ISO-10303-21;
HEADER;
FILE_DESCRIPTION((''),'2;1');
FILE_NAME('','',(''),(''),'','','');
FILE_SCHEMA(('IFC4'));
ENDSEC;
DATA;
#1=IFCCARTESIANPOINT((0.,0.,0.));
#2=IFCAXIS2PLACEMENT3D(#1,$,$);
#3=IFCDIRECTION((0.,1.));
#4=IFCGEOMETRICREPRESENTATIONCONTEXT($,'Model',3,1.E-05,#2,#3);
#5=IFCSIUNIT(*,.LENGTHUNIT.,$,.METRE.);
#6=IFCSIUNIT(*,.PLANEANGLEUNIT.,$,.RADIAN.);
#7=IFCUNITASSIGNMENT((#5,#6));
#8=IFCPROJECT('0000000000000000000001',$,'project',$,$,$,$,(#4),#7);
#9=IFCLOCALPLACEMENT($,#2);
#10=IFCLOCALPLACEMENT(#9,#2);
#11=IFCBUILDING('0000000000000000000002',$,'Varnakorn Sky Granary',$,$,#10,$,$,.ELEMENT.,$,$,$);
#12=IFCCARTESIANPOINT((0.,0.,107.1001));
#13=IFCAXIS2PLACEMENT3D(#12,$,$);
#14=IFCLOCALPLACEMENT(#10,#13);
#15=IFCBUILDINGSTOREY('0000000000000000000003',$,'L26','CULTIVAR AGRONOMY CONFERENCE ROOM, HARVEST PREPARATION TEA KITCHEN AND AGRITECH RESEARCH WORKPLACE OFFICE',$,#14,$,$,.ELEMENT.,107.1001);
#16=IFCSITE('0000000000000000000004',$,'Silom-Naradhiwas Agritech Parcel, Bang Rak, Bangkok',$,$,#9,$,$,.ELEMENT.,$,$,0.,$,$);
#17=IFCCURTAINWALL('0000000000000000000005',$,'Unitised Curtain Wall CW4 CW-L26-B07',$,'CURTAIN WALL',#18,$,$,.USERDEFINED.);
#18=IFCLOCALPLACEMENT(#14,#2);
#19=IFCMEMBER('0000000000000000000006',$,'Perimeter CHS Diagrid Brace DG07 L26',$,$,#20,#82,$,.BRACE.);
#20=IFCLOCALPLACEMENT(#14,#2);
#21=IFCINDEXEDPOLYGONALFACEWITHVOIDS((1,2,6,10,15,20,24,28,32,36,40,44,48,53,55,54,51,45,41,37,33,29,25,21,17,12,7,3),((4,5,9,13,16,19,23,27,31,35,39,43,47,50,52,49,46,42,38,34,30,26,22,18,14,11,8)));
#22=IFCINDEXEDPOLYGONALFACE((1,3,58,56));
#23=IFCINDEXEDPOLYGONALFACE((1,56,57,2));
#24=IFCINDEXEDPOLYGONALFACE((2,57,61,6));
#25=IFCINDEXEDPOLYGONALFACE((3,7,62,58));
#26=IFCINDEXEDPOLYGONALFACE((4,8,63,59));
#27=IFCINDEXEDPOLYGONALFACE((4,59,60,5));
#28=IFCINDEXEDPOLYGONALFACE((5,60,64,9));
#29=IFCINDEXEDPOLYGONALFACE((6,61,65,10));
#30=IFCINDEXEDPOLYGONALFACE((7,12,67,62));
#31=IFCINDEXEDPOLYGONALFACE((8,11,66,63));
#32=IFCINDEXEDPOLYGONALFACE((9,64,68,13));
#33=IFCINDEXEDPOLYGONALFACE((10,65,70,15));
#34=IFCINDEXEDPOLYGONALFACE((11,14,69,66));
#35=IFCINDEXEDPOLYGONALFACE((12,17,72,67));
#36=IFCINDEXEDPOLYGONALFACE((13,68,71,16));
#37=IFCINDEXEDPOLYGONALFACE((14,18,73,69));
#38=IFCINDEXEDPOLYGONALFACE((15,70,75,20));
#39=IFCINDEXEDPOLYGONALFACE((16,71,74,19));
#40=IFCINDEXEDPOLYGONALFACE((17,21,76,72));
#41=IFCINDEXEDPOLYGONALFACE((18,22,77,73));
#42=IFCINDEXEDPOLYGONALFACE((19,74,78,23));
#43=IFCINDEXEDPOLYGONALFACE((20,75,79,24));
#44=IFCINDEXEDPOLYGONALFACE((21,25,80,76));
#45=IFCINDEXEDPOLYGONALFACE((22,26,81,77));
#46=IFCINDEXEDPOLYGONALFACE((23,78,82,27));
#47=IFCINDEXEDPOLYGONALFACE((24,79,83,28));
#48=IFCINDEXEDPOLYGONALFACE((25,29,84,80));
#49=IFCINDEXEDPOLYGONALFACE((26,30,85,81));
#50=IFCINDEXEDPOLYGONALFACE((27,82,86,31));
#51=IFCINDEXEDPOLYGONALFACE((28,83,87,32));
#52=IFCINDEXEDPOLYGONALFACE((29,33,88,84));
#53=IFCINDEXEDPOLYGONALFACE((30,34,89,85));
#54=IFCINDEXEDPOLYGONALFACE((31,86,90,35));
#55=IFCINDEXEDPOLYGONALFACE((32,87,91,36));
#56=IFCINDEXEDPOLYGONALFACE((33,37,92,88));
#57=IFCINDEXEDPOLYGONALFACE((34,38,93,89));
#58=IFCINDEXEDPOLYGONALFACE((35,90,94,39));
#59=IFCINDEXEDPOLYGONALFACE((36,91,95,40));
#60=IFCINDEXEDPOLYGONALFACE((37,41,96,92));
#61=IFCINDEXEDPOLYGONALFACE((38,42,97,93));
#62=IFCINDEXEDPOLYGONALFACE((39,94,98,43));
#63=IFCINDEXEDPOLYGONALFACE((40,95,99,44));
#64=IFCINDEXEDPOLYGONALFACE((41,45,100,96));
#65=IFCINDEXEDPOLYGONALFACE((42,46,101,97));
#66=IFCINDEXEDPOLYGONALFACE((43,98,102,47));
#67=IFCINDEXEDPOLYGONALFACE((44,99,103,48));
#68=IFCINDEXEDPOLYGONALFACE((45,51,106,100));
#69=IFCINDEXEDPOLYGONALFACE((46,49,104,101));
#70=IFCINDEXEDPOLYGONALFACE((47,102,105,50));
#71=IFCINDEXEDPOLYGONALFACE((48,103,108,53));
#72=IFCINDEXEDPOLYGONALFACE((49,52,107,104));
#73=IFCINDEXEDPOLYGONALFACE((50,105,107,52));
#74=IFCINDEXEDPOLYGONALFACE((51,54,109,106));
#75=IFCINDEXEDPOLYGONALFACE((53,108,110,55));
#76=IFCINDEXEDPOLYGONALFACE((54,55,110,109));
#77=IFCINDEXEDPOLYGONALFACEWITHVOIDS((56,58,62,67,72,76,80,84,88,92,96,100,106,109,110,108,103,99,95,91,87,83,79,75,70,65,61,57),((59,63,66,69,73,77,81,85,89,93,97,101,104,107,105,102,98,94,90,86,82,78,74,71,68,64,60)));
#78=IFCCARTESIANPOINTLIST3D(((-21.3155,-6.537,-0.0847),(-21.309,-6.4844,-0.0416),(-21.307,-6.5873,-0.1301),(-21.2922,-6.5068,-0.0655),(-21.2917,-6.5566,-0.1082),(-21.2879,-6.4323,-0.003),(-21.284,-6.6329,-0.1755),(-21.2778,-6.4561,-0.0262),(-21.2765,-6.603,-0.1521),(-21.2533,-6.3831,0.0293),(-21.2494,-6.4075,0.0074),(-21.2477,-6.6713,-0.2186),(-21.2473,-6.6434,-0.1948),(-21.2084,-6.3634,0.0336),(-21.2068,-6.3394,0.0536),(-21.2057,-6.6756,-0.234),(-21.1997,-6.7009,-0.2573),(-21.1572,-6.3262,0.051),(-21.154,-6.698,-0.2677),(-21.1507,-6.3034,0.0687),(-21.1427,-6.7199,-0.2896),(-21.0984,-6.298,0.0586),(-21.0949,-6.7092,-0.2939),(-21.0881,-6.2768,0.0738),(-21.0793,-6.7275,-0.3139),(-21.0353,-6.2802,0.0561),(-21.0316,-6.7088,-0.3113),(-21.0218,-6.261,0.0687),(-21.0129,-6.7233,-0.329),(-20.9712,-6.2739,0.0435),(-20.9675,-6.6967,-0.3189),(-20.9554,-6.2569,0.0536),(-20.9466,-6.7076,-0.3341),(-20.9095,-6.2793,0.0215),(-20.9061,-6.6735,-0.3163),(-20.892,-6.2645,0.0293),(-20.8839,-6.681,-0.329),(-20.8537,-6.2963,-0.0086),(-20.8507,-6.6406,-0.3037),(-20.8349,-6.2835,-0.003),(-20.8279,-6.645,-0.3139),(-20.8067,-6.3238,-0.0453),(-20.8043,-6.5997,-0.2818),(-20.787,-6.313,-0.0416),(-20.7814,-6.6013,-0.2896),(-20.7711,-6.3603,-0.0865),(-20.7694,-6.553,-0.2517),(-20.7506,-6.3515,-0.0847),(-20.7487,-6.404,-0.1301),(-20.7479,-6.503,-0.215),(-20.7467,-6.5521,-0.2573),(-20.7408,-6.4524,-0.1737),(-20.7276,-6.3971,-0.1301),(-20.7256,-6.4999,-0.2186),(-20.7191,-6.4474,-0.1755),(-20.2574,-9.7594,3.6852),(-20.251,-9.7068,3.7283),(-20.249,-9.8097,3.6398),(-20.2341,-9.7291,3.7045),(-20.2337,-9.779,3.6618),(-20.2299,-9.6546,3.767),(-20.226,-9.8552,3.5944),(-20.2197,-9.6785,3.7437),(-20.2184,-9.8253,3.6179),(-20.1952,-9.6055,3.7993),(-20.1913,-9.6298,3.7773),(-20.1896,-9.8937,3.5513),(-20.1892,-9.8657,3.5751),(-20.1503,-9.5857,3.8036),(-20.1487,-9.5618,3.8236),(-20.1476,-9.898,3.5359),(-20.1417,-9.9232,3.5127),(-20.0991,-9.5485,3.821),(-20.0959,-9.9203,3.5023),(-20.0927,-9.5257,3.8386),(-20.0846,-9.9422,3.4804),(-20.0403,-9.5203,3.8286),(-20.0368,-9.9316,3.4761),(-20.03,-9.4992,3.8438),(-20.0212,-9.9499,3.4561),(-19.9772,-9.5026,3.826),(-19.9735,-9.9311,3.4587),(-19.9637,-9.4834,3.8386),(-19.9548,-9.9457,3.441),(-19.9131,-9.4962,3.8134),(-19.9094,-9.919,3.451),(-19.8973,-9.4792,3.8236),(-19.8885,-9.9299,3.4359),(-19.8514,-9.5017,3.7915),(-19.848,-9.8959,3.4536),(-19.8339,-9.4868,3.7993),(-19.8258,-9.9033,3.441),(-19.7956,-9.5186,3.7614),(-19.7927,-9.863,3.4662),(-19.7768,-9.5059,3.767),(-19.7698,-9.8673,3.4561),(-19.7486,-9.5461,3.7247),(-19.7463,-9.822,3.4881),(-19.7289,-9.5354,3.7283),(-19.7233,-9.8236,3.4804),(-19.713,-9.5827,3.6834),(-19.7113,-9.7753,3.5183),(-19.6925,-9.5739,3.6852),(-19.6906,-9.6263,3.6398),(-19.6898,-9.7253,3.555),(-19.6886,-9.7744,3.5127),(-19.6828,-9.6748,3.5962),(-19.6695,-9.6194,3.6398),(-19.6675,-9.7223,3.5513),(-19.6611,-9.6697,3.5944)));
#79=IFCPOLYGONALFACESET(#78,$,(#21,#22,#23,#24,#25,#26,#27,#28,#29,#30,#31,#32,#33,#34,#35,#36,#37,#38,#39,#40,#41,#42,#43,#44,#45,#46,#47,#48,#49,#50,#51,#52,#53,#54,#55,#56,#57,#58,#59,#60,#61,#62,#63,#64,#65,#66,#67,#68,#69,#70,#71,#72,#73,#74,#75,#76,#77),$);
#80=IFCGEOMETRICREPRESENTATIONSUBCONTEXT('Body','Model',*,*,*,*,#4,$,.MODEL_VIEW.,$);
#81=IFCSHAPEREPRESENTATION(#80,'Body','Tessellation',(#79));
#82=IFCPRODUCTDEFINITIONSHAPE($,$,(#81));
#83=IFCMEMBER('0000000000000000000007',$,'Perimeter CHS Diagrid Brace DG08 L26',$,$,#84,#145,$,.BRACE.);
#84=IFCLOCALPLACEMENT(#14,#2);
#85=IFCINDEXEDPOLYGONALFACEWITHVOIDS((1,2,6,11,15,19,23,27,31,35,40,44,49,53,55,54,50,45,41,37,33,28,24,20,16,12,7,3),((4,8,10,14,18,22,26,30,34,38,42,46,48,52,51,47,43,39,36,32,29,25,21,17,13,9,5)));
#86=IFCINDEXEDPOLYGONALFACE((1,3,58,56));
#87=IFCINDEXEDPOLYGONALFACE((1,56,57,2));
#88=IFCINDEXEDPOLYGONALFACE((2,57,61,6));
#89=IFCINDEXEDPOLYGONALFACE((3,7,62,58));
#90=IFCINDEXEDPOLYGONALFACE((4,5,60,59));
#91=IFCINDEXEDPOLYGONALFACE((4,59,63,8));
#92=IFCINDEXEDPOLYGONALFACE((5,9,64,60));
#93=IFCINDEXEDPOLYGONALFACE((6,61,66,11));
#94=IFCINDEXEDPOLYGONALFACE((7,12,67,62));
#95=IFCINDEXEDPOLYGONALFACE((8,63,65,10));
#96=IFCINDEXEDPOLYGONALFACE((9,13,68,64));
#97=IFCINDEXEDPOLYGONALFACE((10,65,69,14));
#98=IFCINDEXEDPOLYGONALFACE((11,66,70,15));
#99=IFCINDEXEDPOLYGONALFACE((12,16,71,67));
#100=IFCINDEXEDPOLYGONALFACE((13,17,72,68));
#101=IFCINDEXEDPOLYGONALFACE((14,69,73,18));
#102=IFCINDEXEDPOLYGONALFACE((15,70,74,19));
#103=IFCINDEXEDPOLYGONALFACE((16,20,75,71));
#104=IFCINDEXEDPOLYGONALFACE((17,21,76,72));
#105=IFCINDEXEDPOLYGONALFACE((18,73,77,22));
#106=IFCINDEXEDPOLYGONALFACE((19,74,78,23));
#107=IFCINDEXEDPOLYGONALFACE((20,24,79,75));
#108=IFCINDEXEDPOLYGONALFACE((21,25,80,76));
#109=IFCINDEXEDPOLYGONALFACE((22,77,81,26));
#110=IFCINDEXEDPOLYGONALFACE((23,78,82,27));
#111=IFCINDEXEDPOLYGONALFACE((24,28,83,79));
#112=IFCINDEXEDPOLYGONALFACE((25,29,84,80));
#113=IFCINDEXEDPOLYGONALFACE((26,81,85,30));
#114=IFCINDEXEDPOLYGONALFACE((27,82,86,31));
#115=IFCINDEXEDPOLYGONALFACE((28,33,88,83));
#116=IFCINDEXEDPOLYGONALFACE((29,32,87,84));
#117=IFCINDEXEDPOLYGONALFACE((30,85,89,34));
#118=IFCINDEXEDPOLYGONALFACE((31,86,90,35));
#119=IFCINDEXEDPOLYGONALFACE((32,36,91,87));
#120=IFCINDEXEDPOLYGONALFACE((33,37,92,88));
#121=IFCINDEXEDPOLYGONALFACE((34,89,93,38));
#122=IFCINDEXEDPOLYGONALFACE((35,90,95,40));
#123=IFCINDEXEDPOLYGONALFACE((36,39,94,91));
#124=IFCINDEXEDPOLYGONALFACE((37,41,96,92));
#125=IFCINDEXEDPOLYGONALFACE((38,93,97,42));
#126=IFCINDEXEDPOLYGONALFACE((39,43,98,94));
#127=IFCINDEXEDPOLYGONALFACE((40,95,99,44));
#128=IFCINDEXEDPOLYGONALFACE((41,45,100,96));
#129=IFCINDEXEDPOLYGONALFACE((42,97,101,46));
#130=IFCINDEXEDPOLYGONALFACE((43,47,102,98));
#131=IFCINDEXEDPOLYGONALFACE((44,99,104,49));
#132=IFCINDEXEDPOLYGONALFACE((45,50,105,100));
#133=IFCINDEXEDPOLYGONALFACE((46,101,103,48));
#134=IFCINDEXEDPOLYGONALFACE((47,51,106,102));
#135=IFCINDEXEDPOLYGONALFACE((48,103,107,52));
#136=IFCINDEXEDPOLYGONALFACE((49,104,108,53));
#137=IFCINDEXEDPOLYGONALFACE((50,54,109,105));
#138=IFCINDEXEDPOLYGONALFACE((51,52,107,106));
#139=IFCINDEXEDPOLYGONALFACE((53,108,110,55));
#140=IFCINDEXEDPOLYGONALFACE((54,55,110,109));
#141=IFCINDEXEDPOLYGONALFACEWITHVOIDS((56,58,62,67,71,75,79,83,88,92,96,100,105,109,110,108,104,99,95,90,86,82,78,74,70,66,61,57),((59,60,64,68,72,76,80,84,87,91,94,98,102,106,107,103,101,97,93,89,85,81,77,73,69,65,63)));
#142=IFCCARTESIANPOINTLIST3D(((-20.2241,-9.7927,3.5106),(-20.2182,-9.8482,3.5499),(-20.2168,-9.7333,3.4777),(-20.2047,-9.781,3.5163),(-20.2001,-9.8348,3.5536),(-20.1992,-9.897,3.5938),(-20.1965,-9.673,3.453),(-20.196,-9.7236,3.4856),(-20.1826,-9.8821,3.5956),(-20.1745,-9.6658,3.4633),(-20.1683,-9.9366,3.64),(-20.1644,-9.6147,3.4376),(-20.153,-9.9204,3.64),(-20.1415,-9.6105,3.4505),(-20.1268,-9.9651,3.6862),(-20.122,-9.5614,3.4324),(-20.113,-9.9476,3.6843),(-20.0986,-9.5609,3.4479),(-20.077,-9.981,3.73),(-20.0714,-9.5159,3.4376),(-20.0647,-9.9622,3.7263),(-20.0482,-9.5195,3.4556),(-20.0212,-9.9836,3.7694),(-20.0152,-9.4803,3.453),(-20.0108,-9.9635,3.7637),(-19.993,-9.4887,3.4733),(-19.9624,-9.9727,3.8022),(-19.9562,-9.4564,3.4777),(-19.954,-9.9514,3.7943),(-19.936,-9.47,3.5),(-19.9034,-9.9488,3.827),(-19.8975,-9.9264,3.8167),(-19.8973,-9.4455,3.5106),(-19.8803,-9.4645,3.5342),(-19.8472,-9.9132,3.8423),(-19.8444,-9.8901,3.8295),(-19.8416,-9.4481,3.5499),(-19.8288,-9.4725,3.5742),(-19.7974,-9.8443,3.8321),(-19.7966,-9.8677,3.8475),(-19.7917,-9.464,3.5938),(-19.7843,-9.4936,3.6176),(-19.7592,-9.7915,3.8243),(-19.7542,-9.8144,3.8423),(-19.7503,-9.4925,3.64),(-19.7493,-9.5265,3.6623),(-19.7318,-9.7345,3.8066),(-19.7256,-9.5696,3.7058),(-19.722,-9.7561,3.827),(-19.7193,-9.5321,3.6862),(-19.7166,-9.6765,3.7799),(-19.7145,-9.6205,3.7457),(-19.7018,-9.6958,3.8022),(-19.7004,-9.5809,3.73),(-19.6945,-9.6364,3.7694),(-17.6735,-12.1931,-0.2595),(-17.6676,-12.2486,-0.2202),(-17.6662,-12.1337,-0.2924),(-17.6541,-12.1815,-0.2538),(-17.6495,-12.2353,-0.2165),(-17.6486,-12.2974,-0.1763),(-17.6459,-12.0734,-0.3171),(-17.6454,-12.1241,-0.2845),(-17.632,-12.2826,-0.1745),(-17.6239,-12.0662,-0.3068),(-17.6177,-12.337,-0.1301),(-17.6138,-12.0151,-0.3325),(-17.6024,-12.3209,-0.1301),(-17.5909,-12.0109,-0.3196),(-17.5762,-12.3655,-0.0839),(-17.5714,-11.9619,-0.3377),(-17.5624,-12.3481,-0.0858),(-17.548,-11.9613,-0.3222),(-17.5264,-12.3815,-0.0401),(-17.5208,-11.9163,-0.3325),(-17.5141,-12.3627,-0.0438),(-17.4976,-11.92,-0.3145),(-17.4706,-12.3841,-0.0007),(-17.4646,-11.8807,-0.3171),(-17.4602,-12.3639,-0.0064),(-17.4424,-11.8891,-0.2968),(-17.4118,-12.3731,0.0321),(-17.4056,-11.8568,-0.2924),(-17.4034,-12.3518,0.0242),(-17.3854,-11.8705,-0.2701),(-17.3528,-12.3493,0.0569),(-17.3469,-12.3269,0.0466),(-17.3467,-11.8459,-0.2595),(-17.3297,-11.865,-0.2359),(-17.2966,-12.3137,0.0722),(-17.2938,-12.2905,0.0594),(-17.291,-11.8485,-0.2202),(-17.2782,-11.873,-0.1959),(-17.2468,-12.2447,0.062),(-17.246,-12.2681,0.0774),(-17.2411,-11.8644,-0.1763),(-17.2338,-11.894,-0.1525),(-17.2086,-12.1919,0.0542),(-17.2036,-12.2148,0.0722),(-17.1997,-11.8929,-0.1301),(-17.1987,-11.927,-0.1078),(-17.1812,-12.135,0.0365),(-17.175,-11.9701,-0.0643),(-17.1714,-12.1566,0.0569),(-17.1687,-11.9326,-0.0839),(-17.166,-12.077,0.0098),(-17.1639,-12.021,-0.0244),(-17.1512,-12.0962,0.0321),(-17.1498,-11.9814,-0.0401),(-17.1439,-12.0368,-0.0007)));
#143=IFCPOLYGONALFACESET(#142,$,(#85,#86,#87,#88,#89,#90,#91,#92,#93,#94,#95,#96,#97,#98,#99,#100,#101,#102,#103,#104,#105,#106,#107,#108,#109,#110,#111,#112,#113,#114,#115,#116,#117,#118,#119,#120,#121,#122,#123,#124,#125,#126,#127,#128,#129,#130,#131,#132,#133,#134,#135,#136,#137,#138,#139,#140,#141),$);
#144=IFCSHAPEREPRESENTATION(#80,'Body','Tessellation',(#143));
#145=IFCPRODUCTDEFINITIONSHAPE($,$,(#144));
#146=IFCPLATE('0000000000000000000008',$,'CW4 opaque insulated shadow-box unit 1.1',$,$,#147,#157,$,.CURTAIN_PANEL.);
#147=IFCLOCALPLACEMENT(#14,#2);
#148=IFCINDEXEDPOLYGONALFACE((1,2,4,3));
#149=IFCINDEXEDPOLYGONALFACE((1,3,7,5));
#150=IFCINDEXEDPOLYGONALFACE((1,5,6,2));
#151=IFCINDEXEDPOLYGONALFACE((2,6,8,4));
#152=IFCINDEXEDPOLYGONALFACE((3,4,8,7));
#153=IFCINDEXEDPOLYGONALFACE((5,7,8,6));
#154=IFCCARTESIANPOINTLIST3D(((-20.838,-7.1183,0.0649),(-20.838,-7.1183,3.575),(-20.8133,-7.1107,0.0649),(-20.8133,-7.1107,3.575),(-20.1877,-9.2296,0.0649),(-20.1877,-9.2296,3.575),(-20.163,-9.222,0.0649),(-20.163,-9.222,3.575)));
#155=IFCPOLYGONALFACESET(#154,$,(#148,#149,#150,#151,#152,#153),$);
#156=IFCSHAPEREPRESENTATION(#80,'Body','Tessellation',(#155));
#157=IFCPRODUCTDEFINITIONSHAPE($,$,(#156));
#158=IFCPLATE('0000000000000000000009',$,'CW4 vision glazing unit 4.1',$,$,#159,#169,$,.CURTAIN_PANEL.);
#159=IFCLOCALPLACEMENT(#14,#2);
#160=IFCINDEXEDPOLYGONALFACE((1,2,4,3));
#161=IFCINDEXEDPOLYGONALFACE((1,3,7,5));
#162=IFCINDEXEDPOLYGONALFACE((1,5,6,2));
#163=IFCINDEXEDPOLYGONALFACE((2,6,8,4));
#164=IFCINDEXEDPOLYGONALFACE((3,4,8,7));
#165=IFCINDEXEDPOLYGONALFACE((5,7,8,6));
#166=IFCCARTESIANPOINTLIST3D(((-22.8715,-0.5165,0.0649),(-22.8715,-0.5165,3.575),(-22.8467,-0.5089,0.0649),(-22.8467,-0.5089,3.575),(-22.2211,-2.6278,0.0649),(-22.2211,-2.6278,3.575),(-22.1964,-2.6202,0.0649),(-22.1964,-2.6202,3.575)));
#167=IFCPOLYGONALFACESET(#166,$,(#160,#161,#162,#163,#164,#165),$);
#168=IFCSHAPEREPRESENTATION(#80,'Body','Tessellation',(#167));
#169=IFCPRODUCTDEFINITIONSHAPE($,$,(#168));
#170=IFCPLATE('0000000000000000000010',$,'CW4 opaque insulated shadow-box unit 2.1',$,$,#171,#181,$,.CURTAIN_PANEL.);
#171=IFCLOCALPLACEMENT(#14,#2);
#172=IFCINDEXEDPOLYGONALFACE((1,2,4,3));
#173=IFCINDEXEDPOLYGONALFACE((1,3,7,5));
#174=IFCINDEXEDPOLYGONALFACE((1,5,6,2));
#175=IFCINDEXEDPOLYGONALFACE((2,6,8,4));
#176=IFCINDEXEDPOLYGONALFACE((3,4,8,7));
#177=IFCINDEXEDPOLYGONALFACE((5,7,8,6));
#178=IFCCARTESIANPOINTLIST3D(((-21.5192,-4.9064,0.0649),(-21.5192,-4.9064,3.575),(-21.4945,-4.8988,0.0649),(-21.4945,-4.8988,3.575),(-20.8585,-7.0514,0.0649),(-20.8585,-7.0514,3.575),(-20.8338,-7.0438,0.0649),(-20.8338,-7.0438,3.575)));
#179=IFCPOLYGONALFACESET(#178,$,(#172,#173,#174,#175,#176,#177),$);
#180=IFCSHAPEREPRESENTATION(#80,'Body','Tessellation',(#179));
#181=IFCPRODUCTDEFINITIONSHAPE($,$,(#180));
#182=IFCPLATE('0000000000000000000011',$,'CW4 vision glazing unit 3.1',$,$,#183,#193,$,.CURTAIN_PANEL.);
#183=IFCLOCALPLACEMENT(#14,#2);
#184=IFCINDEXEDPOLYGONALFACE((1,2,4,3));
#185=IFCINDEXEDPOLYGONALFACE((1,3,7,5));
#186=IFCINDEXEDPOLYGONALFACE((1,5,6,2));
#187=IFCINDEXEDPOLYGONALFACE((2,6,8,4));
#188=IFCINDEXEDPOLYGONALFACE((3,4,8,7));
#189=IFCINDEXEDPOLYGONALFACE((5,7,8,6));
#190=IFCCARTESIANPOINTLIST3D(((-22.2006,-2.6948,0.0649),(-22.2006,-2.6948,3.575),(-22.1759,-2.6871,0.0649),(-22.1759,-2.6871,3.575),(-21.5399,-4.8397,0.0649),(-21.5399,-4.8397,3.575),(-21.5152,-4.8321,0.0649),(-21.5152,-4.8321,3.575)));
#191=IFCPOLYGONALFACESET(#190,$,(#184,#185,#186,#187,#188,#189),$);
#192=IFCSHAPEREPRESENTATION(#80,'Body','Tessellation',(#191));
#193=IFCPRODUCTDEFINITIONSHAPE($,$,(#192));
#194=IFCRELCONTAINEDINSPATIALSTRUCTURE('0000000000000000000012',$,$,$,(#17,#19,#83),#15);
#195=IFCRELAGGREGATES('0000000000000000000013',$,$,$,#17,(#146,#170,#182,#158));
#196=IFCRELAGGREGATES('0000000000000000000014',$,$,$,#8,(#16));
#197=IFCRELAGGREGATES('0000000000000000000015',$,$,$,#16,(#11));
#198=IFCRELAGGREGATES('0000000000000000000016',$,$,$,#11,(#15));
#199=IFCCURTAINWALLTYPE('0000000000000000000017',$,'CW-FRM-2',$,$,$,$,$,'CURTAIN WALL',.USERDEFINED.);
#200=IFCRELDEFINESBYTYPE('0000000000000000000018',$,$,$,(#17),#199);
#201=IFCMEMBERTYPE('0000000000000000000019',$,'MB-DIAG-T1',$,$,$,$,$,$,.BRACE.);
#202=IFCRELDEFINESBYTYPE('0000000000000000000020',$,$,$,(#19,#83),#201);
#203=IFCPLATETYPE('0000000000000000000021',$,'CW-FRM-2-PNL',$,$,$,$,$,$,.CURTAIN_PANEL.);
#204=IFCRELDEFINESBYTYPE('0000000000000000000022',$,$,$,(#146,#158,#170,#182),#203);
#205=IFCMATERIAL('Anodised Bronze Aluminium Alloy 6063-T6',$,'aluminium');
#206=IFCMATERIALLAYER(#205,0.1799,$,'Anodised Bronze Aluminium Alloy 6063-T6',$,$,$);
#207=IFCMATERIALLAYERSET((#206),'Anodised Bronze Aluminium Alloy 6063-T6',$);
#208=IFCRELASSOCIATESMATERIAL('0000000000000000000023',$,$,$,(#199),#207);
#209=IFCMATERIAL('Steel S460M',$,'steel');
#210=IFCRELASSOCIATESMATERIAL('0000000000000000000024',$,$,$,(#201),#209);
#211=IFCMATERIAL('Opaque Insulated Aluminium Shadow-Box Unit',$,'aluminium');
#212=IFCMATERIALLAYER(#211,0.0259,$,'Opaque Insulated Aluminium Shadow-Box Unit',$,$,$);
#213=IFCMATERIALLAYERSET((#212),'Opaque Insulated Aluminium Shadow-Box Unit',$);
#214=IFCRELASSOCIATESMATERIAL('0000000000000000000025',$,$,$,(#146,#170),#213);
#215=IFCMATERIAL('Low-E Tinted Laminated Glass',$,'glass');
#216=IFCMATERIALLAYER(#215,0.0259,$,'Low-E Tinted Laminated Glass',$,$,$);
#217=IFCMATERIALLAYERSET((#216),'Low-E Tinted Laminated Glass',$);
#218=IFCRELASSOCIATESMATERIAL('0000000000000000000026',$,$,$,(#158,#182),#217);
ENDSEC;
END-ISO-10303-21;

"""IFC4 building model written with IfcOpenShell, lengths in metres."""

from ifc_helpers import new_model, si_unit, direction, frame, origin, origin_2d, place, context, subcontext, project, spatial, rectangle, hollow_circle, extrude, source, transform, mapped, material, layer, layer_set, material_profile, profile_set, type_object, element, aggregate, save


model = new_model("IFC4")

# Units and contexts
model_context = context("Model", 3, precision=1e-05, world=origin(), true_north=direction((0.0, 1.0)))
body_context = subcontext(model_context, "Body", "Model", "MODEL_VIEW")
ifc_project = project(units=[si_unit("LENGTHUNIT", "METRE"), si_unit("PLANEANGLEUNIT", "RADIAN")], contexts=[model_context])

# Site, building, storey
site_placement = place(None, origin())
site = spatial("IfcSite", under=ifc_project, at=site_placement, Name="Silom-Naradhiwas Agritech Parcel, Bang Rak, Bangkok", CompositionType="ELEMENT", RefElevation=0.0)
building_placement = place(site_placement, origin())
building = spatial("IfcBuilding", under=site, at=building_placement, Name="Varnakorn Sky Granary", CompositionType="ELEMENT")
storey_placement = place(building_placement, frame((0.0, 0.0, 107.1001)))
storey = spatial("IfcBuildingStorey", under=building, at=storey_placement, Name="L26", Description="CULTIVAR AGRONOMY CONFERENCE ROOM, HARVEST PREPARATION TEA KITCHEN AND AGRITECH RESEARCH WORKPLACE OFFICE", CompositionType="ELEMENT", Elevation=107.1001)

# Shared definitions
ifc_material_1 = material(Name="Steel S460M", Category="steel")

# Curtain wall
ifc_material_2 = material(Name="Anodised Bronze Aluminium Alloy 6063-T6", Category="aluminium")
ifc_layer_1 = layer(ifc_material_2, 0.1799, Name="Anodised Bronze Aluminium Alloy 6063-T6")
ifc_layer_set_1 = layer_set([ifc_layer_1], Name="Anodised Bronze Aluminium Alloy 6063-T6")
curtain_wall_type = type_object("IfcCurtainWallType", Name="CW-FRM-2", ElementType="CURTAIN WALL", PredefinedType="USERDEFINED", material=ifc_layer_set_1)
curtain_wall_1_placement = place(storey_placement, origin())
curtain_wall_1 = element("IfcCurtainWall", 1, at=curtain_wall_1_placement, inside=storey, type_object=curtain_wall_type, Name="Unitised Curtain Wall CW4 CW-L26-B07", ObjectType="CURTAIN WALL", PredefinedType="USERDEFINED")

# Members
ifc_material_profile_1 = material_profile(ifc_material_1, hollow_circle(Radius=0.3049, WallThickness=0.0222, at=origin_2d()), Name="CHS 610x22")
ifc_profile_set_1 = profile_set([ifc_material_profile_1], Name="Steel S460M")
member_type_1 = type_object("IfcMemberType", Name="MB-DIAG-T1", PredefinedType="BRACE", material=ifc_profile_set_1)
member_1_placement = place(storey_placement, frame((-21.0173, -6.4922, -0.1301), z_axis=(0.208652, -0.63544, 0.743425), x_axis=(0.950092, 0.31197, 0.0)))
element("IfcMember", 2, at=member_1_placement, inside=storey, type_object=member_type_1, Name="Perimeter CHS Diagrid Brace DG07 L26", PredefinedType="BRACE", context=body_context, shape_type="SweptSolid", body=[
    extrude(hollow_circle(Radius=0.3049, WallThickness=0.0222, at=origin_2d()), origin(), (0.0, 0.0, 1.0), 5.071),
])
member_2_placement = place(storey_placement, frame((-17.4087, -12.115, -0.1301), z_axis=(-0.495646, 0.466468, 0.732628), x_axis=(-0.685347, -0.728216, 0.0)))
element("IfcMember", 3, at=member_2_placement, inside=storey, type_object=member_type_1, Name="Perimeter CHS Diagrid Brace DG08 L26", PredefinedType="BRACE", context=body_context, shape_type="SweptSolid", body=[
    extrude(hollow_circle(Radius=0.3049, WallThickness=0.0222, at=origin_2d()), origin(), (0.0, 0.0, 1.0), 5.146),
])

# Plates
ifc_material_3 = material(Name="Opaque Insulated Aluminium Shadow-Box Unit", Category="aluminium")
ifc_layer_2 = layer(ifc_material_3, 0.0259, Name="Opaque Insulated Aluminium Shadow-Box Unit")
ifc_layer_set_2 = layer_set([ifc_layer_2], Name="Opaque Insulated Aluminium Shadow-Box Unit")
plate_type = type_object("IfcPlateType", Name="CW-FRM-2-PNL", PredefinedType="CURTAIN_PANEL")
shared_shape_1 = source(origin(), body_context, "Body", "SweptSolid", [
    extrude(rectangle(XDim=2.2092, YDim=0.0259, at=origin_2d()), origin(), (0.0, 0.0, 1.0), 3.51),
])
plate_1_placement = place(storey_placement, frame((-20.5005, -8.1702, 0.0649), z_axis=(0.0, 0.0, 1.0), x_axis=(-0.29437, 0.955692, 0.0)))
plate_1 = element("IfcPlate", 4, at=plate_1_placement, type_object=plate_type, material=ifc_layer_set_2, Name="CW4 opaque insulated shadow-box unit 1.1", PredefinedType="CURTAIN_PANEL", context=body_context, shape_type="MappedRepresentation", body=[
    mapped(shared_shape_1, transform((0.0, 0.0, 0.0), x_axis=(1.0, 0.0, 0.0), y_axis=(0.0, 1.0, 0.0), z_axis=(0.0, 0.0, 1.0), scale=1.0)),
])
ifc_material_4 = material(Name="Low-E Tinted Laminated Glass", Category="glass")
ifc_layer_3 = layer(ifc_material_4, 0.0259, Name="Low-E Tinted Laminated Glass")
ifc_layer_set_3 = layer_set([ifc_layer_3], Name="Low-E Tinted Laminated Glass")
plate_2_placement = place(storey_placement, frame((-22.5339, -1.5684, 0.0649), z_axis=(0.0, 0.0, 1.0), x_axis=(-0.29437, 0.955692, 0.0)))
plate_2 = element("IfcPlate", 5, at=plate_2_placement, type_object=plate_type, material=ifc_layer_set_3, Name="CW4 vision glazing unit 4.1", PredefinedType="CURTAIN_PANEL", context=body_context, shape_type="MappedRepresentation", body=[
    mapped(shared_shape_1, transform((0.0, 0.0, 0.0), x_axis=(1.0, 0.0, 0.0), y_axis=(0.0, 1.0, 0.0), z_axis=(0.0, 0.0, 1.0), scale=1.0)),
])
shared_shape_2 = source(origin(), body_context, "Body", "SweptSolid", [
    extrude(rectangle(XDim=2.2444, YDim=0.0259, at=origin_2d()), origin(), (0.0, 0.0, 1.0), 3.51),
])
plate_3_placement = place(storey_placement, frame((-21.1765, -5.9751, 0.0649), z_axis=(0.0, 0.0, 1.0), x_axis=(-0.29437, 0.955692, 0.0)))
plate_3 = element("IfcPlate", 6, at=plate_3_placement, type_object=plate_type, material=ifc_layer_set_2, Name="CW4 opaque insulated shadow-box unit 2.1", PredefinedType="CURTAIN_PANEL", context=body_context, shape_type="MappedRepresentation", body=[
    mapped(shared_shape_2, transform((0.0, 0.0, 0.0), x_axis=(1.0, 0.0, 0.0), y_axis=(0.0, 1.0, 0.0), z_axis=(0.0, 0.0, 1.0), scale=1.0)),
])
plate_4_placement = place(storey_placement, frame((-21.8579, -3.7634, 0.0649), z_axis=(0.0, 0.0, 1.0), x_axis=(-0.29437, 0.955692, 0.0)))
plate_4 = element("IfcPlate", 7, at=plate_4_placement, type_object=plate_type, material=ifc_layer_set_3, Name="CW4 vision glazing unit 3.1", PredefinedType="CURTAIN_PANEL", context=body_context, shape_type="MappedRepresentation", body=[
    mapped(shared_shape_2, transform((0.0, 0.0, 0.0), x_axis=(1.0, 0.0, 0.0), y_axis=(0.0, 1.0, 0.0), z_axis=(0.0, 0.0, 1.0), scale=1.0)),
])
aggregate(curtain_wall_1, [plate_1, plate_3, plate_4, plate_2])

save(model, "model.ifc")
